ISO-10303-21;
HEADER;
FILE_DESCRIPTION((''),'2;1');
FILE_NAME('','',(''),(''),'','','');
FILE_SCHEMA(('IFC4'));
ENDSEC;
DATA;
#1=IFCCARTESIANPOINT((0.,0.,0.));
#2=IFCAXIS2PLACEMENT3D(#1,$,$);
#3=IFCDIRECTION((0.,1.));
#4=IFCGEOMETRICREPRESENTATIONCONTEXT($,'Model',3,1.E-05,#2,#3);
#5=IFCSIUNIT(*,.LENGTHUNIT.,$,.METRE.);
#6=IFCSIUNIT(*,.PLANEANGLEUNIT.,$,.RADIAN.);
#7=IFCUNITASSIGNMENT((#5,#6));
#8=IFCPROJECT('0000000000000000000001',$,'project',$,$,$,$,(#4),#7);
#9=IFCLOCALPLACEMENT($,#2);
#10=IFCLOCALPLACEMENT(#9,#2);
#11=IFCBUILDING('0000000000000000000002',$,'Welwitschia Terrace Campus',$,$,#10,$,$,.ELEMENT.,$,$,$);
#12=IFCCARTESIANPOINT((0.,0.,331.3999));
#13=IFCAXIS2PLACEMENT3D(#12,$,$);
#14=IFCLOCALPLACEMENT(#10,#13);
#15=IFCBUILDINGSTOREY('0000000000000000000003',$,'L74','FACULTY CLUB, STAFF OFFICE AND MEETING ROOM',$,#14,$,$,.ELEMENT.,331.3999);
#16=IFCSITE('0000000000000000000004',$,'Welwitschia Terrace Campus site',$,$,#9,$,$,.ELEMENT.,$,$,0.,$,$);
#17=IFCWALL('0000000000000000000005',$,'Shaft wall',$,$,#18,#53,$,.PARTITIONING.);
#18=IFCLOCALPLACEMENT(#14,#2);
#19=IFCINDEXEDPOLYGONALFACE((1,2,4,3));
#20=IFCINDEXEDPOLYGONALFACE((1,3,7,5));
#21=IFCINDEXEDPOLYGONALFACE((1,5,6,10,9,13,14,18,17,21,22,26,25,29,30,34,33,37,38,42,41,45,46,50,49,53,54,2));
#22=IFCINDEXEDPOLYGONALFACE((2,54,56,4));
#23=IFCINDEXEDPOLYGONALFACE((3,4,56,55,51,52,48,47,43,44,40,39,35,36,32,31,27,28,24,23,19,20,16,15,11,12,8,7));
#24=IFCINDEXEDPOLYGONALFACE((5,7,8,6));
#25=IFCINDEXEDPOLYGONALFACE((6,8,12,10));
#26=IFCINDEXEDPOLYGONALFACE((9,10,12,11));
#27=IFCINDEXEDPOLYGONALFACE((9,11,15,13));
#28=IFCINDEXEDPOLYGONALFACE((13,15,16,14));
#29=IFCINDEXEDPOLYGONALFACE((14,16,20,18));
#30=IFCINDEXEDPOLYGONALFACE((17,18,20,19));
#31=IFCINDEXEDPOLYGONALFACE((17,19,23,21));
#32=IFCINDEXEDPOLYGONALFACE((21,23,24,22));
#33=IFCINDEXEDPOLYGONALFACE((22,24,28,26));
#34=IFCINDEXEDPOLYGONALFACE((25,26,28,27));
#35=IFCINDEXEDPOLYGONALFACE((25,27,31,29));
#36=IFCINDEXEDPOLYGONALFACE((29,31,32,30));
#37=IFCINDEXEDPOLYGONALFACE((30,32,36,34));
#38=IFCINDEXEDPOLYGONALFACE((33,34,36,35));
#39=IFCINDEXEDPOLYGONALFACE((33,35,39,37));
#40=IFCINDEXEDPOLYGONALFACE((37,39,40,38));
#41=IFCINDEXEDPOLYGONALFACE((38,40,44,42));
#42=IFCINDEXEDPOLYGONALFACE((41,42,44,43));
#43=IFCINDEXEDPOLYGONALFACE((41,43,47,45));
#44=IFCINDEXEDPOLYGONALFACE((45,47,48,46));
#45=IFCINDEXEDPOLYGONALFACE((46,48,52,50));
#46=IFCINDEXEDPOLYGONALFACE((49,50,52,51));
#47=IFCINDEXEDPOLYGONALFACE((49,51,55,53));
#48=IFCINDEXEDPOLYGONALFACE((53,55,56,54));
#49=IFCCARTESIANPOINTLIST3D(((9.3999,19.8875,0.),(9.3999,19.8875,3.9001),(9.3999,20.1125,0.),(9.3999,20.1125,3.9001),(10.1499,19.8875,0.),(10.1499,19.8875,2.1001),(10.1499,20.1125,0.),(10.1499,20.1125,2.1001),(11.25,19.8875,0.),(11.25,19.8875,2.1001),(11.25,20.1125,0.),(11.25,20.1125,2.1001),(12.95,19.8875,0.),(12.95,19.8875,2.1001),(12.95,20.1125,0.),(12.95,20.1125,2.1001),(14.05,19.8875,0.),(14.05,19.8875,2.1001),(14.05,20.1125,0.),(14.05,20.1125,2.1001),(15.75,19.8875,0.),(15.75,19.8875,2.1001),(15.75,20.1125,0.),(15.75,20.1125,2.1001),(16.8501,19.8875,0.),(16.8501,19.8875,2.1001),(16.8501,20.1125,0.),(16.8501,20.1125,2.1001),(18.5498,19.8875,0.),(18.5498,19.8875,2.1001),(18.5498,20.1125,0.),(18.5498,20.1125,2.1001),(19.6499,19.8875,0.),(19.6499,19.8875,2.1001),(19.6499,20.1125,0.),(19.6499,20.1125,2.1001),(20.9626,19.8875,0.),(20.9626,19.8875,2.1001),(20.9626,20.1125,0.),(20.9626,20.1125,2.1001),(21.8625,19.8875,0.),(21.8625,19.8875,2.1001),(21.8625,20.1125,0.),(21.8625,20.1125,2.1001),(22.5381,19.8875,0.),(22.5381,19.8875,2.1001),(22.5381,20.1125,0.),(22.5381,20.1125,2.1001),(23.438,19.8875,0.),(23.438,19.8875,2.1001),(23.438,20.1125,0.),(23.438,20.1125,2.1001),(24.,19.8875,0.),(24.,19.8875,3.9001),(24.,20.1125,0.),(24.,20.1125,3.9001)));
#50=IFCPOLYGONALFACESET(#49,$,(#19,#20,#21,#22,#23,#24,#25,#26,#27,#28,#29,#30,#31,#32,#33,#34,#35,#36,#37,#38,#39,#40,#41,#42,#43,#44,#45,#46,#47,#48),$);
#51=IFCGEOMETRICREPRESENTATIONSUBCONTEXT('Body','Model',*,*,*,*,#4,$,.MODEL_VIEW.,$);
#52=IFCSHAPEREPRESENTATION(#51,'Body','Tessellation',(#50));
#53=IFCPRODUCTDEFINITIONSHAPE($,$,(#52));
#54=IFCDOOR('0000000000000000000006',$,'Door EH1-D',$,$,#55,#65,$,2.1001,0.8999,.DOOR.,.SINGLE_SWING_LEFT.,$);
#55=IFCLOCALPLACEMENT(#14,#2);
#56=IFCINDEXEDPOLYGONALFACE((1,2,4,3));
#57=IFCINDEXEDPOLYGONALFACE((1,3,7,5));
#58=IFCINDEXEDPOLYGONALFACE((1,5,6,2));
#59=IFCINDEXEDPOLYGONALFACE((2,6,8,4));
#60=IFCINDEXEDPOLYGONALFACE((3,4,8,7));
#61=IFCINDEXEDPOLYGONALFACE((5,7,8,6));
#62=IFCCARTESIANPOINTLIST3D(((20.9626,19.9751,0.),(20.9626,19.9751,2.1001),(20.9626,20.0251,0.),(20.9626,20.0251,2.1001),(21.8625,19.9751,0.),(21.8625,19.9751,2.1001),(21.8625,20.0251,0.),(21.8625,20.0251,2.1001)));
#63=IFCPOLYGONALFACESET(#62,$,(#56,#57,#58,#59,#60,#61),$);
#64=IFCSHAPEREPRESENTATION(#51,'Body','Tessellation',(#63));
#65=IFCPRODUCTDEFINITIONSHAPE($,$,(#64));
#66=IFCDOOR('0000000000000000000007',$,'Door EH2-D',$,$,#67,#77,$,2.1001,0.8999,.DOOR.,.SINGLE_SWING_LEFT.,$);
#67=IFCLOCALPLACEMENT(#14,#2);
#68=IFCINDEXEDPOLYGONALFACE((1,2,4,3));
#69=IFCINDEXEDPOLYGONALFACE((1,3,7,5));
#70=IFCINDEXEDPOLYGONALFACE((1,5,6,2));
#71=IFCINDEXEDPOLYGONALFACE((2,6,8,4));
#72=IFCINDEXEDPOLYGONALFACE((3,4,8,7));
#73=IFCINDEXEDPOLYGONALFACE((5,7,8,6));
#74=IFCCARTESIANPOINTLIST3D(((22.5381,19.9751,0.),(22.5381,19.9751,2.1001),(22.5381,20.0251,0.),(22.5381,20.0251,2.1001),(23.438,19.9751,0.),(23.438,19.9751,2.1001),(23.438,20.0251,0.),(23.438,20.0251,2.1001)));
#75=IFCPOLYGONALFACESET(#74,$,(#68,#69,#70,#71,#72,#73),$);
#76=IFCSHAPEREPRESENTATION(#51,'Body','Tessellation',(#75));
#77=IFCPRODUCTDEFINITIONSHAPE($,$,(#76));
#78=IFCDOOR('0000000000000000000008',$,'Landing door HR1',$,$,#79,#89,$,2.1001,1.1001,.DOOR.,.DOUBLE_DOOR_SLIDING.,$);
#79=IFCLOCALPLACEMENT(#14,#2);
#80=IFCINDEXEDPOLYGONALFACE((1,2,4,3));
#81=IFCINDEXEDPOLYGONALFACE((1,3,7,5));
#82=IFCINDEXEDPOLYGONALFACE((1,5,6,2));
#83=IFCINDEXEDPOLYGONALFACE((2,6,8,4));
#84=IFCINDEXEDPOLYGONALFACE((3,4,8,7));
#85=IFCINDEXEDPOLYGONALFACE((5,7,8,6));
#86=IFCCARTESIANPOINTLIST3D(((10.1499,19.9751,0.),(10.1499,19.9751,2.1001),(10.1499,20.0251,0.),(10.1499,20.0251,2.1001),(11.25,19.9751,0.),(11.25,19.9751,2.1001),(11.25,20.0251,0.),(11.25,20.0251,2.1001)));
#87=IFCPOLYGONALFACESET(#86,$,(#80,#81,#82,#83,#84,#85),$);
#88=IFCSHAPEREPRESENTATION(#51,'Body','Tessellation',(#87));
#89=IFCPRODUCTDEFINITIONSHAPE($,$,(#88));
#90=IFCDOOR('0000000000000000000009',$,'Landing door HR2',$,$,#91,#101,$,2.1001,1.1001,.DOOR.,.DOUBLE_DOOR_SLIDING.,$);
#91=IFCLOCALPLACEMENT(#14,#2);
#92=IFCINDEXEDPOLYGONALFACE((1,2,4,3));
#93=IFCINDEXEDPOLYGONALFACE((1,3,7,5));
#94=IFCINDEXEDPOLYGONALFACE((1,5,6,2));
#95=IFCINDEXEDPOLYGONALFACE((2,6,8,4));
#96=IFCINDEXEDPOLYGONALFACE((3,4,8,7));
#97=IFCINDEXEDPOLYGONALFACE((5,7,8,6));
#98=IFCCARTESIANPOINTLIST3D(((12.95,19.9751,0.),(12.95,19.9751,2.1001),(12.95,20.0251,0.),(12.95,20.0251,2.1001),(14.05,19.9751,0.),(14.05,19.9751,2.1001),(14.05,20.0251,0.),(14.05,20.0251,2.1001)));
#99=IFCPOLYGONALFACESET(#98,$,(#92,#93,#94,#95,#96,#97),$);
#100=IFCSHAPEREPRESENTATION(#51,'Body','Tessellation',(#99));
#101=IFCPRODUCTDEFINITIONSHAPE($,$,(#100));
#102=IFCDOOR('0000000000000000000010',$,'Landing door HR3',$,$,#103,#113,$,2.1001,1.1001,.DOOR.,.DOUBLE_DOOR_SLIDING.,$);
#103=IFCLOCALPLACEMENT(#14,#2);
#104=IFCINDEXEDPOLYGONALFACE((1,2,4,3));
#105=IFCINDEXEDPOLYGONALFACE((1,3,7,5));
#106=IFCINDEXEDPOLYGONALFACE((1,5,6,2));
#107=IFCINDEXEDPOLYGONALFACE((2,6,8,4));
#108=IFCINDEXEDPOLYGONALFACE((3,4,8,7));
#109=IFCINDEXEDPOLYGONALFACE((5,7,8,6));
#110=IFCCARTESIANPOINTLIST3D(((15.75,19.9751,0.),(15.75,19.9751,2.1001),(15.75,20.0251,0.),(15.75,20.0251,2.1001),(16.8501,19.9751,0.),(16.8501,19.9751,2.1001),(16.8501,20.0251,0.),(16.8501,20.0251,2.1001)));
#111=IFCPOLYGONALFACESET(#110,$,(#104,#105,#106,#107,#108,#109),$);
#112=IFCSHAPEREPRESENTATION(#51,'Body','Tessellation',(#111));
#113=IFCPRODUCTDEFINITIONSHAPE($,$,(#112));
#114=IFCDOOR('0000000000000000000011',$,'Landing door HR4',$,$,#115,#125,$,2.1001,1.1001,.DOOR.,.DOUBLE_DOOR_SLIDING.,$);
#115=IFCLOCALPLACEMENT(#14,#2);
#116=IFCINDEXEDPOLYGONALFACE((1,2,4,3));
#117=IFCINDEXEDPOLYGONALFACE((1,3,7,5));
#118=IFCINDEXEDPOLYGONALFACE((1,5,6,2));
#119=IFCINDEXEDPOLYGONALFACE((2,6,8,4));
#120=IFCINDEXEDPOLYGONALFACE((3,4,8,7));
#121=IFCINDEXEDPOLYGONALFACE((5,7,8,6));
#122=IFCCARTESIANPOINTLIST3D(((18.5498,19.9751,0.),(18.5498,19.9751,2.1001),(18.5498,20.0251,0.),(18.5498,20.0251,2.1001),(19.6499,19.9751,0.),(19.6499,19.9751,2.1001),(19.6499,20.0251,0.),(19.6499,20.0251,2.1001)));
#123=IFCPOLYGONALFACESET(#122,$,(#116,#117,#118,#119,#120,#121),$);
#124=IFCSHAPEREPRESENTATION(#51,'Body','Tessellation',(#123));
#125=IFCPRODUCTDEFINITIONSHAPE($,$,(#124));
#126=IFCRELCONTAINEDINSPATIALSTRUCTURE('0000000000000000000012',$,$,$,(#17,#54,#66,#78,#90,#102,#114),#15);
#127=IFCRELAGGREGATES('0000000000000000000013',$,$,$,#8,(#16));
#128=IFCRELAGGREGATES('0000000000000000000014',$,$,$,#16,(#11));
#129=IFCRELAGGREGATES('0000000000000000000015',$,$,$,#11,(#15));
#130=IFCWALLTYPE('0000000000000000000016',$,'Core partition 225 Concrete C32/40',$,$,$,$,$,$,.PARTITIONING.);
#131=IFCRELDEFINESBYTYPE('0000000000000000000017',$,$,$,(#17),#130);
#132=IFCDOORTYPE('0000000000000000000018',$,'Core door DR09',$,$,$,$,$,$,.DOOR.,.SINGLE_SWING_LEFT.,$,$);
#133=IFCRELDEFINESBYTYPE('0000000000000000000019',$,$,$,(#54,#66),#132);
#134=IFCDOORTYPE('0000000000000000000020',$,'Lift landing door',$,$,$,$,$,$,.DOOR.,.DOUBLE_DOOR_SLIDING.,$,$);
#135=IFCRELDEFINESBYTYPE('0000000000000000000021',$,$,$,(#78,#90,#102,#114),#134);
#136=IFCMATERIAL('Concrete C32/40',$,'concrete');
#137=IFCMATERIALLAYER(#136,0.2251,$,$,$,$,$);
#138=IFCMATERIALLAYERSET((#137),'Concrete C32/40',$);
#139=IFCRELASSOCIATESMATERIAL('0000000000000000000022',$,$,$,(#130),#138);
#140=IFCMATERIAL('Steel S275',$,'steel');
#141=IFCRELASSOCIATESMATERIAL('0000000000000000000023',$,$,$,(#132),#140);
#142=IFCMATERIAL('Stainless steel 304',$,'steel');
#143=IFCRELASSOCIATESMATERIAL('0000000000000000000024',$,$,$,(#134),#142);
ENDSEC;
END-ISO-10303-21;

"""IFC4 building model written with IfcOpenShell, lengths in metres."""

from ifc_helpers import new_model, si_unit, direction, frame, frame_2d, origin, place, context, subcontext, project, spatial, rectangle, extrude, material, layer, layer_set, type_object, element, fill, save


model = new_model("IFC4")

# Units and contexts
model_context = context("Model", 3, precision=1e-05, world=origin(), true_north=direction((0.0, 1.0)))
body_context = subcontext(model_context, "Body", "Model", "MODEL_VIEW")
ifc_project = project(units=[si_unit("LENGTHUNIT", "METRE"), si_unit("PLANEANGLEUNIT", "RADIAN")], contexts=[model_context])

# Site, building, storey
site_placement = place(None, origin())
site = spatial("IfcSite", under=ifc_project, at=site_placement, Name="Welwitschia Terrace Campus site", CompositionType="ELEMENT", RefElevation=0.0)
building_placement = place(site_placement, origin())
building = spatial("IfcBuilding", under=site, at=building_placement, Name="Welwitschia Terrace Campus", CompositionType="ELEMENT")
storey_placement = place(building_placement, frame((0.0, 0.0, 331.3999)))
storey = spatial("IfcBuildingStorey", under=building, at=storey_placement, Name="L74", Description="FACULTY CLUB, STAFF OFFICE AND MEETING ROOM", CompositionType="ELEMENT", Elevation=331.3999)

# Wall, openings, doors
ifc_material_1 = material(Name="Concrete C32/40", Category="concrete")
ifc_layer_1 = layer(ifc_material_1, 0.2251)
ifc_layer_set_1 = layer_set([ifc_layer_1], Name="Concrete C32/40")
wall_type_1 = type_object("IfcWallType", Name="Core partition 225 Concrete C32/40", PredefinedType="PARTITIONING", material=ifc_layer_set_1)
wall_1_placement = place(storey_placement, frame((24.0, 20.0, 0.0), z_axis=(0.0, 0.0, 1.0), x_axis=(-1.0, 0.0, 0.0)))
wall_1 = element("IfcWall", 1, at=wall_1_placement, inside=storey, type_object=wall_type_1, Name="Shaft wall", PredefinedType="PARTITIONING", context=body_context, shape_type="SweptSolid", body=[
    extrude(rectangle(XDim=14.6001, YDim=0.2251, at=frame_2d((7.3, 0.0))), origin(), (0.0, 0.0, 1.0), 3.9001),
])
opening_1_placement = place(wall_1_placement, frame((12.75, 0.0, 0.0)))
opening_1 = element("IfcOpeningElement", 2, at=opening_1_placement, cuts=wall_1, PredefinedType="OPENING", context=body_context, shape_type="SweptSolid", body=[
    extrude(rectangle(XDim=1.1001, YDim=2.1001, at=frame_2d((0.55, 1.05))), frame((0.0, 0.1226, 0.0), z_axis=(0.0, -1.0, 0.0), x_axis=(1.0, 0.0, 0.0)), (0.0, 0.0, 1.0), 0.2451),
])
opening_2_placement = place(wall_1_placement, frame((9.95, 0.0, 0.0)))
opening_2 = element("IfcOpeningElement", 3, at=opening_2_placement, cuts=wall_1, PredefinedType="OPENING", context=body_context, shape_type="SweptSolid", body=[
    extrude(rectangle(XDim=1.1001, YDim=2.1001, at=frame_2d((0.55, 1.05))), frame((0.0, 0.1226, 0.0), z_axis=(0.0, -1.0, 0.0), x_axis=(1.0, 0.0, 0.0)), (0.0, 0.0, 1.0), 0.2451),
])
opening_3_placement = place(wall_1_placement, frame((7.1499, 0.0, 0.0)))
opening_3 = element("IfcOpeningElement", 4, at=opening_3_placement, cuts=wall_1, PredefinedType="OPENING", context=body_context, shape_type="SweptSolid", body=[
    extrude(rectangle(XDim=1.1001, YDim=2.1001, at=frame_2d((0.55, 1.05))), frame((0.0, 0.1226, 0.0), z_axis=(0.0, -1.0, 0.0), x_axis=(1.0, 0.0, 0.0)), (0.0, 0.0, 1.0), 0.2451),
])
opening_4_placement = place(wall_1_placement, frame((4.3501, 0.0, 0.0)))
opening_4 = element("IfcOpeningElement", 5, at=opening_4_placement, cuts=wall_1, PredefinedType="OPENING", context=body_context, shape_type="SweptSolid", body=[
    extrude(rectangle(XDim=1.1001, YDim=2.1001, at=frame_2d((0.55, 1.05))), frame((0.0, 0.1226, 0.0), z_axis=(0.0, -1.0, 0.0), x_axis=(1.0, 0.0, 0.0)), (0.0, 0.0, 1.0), 0.2451),
])
opening_5_placement = place(wall_1_placement, frame((2.1375, 0.0, 0.0)))
opening_5 = element("IfcOpeningElement", 6, at=opening_5_placement, cuts=wall_1, PredefinedType="OPENING", context=body_context, shape_type="SweptSolid", body=[
    extrude(rectangle(XDim=0.8999, YDim=2.1001, at=frame_2d((0.45, 1.05))), frame((0.0, 0.1226, 0.0), z_axis=(0.0, -1.0, 0.0), x_axis=(1.0, 0.0, 0.0)), (0.0, 0.0, 1.0), 0.2451),
])
opening_6_placement = place(wall_1_placement, frame((0.562, 0.0, 0.0)))
opening_6 = element("IfcOpeningElement", 7, at=opening_6_placement, cuts=wall_1, PredefinedType="OPENING", context=body_context, shape_type="SweptSolid", body=[
    extrude(rectangle(XDim=0.8999, YDim=2.1001, at=frame_2d((0.45, 1.05))), frame((0.0, 0.1226, 0.0), z_axis=(0.0, -1.0, 0.0), x_axis=(1.0, 0.0, 0.0)), (0.0, 0.0, 1.0), 0.2451),
])
ifc_material_2 = material(Name="Steel S275", Category="steel")
door_type_1 = type_object("IfcDoorType", Name="Core door DR09", OperationType="SINGLE_SWING_LEFT", PredefinedType="DOOR", material=ifc_material_2)
door_1_placement = place(opening_5_placement, origin())
door_1 = element("IfcDoor", 8, at=door_1_placement, inside=storey, type_object=door_type_1, Name="Door EH1-D", OperationType="SINGLE_SWING_LEFT", OverallHeight=2.1001, OverallWidth=0.8999, PredefinedType="DOOR", context=body_context, shape_type="SweptSolid", body=[
    extrude(rectangle(XDim=0.8999, YDim=2.1001, at=frame_2d((0.45, 1.05))), frame((0.0, 0.0249, 0.0), z_axis=(0.0, -1.0, 0.0), x_axis=(1.0, 0.0, 0.0)), (0.0, 0.0, 1.0), 0.05),
])
fill(opening_5, door_1)
door_2_placement = place(opening_6_placement, origin())
door_2 = element("IfcDoor", 9, at=door_2_placement, inside=storey, type_object=door_type_1, Name="Door EH2-D", OperationType="SINGLE_SWING_LEFT", OverallHeight=2.1001, OverallWidth=0.8999, PredefinedType="DOOR", context=body_context, shape_type="SweptSolid", body=[
    extrude(rectangle(XDim=0.8999, YDim=2.1001, at=frame_2d((0.45, 1.05))), frame((0.0, 0.0249, 0.0), z_axis=(0.0, -1.0, 0.0), x_axis=(1.0, 0.0, 0.0)), (0.0, 0.0, 1.0), 0.05),
])
fill(opening_6, door_2)
ifc_material_3 = material(Name="Stainless steel 304", Category="steel")
door_type_2 = type_object("IfcDoorType", Name="Lift landing door", OperationType="DOUBLE_DOOR_SLIDING", PredefinedType="DOOR", material=ifc_material_3)
door_3_placement = place(opening_1_placement, origin())
door_3 = element("IfcDoor", 10, at=door_3_placement, inside=storey, type_object=door_type_2, Name="Landing door HR1", OperationType="DOUBLE_DOOR_SLIDING", OverallHeight=2.1001, OverallWidth=1.1001, PredefinedType="DOOR", context=body_context, shape_type="SweptSolid", body=[
    extrude(rectangle(XDim=1.1001, YDim=2.1001, at=frame_2d((0.55, 1.05))), frame((0.0, 0.0249, 0.0), z_axis=(0.0, -1.0, 0.0), x_axis=(1.0, 0.0, 0.0)), (0.0, 0.0, 1.0), 0.05),
])
fill(opening_1, door_3)
door_4_placement = place(opening_2_placement, origin())
door_4 = element("IfcDoor", 11, at=door_4_placement, inside=storey, type_object=door_type_2, Name="Landing door HR2", OperationType="DOUBLE_DOOR_SLIDING", OverallHeight=2.1001, OverallWidth=1.1001, PredefinedType="DOOR", context=body_context, shape_type="SweptSolid", body=[
    extrude(rectangle(XDim=1.1001, YDim=2.1001, at=frame_2d((0.55, 1.05))), frame((0.0, 0.0249, 0.0), z_axis=(0.0, -1.0, 0.0), x_axis=(1.0, 0.0, 0.0)), (0.0, 0.0, 1.0), 0.05),
])
fill(opening_2, door_4)
door_5_placement = place(opening_3_placement, origin())
door_5 = element("IfcDoor", 12, at=door_5_placement, inside=storey, type_object=door_type_2, Name="Landing door HR3", OperationType="DOUBLE_DOOR_SLIDING", OverallHeight=2.1001, OverallWidth=1.1001, PredefinedType="DOOR", context=body_context, shape_type="SweptSolid", body=[
    extrude(rectangle(XDim=1.1001, YDim=2.1001, at=frame_2d((0.55, 1.05))), frame((0.0, 0.0249, 0.0), z_axis=(0.0, -1.0, 0.0), x_axis=(1.0, 0.0, 0.0)), (0.0, 0.0, 1.0), 0.05),
])
fill(opening_3, door_5)
door_6_placement = place(opening_4_placement, origin())
door_6 = element("IfcDoor", 13, at=door_6_placement, inside=storey, type_object=door_type_2, Name="Landing door HR4", OperationType="DOUBLE_DOOR_SLIDING", OverallHeight=2.1001, OverallWidth=1.1001, PredefinedType="DOOR", context=body_context, shape_type="SweptSolid", body=[
    extrude(rectangle(XDim=1.1001, YDim=2.1001, at=frame_2d((0.55, 1.05))), frame((0.0, 0.0249, 0.0), z_axis=(0.0, -1.0, 0.0), x_axis=(1.0, 0.0, 0.0)), (0.0, 0.0, 1.0), 0.05),
])
fill(opening_4, door_6)

save(model, "model.ifc")
